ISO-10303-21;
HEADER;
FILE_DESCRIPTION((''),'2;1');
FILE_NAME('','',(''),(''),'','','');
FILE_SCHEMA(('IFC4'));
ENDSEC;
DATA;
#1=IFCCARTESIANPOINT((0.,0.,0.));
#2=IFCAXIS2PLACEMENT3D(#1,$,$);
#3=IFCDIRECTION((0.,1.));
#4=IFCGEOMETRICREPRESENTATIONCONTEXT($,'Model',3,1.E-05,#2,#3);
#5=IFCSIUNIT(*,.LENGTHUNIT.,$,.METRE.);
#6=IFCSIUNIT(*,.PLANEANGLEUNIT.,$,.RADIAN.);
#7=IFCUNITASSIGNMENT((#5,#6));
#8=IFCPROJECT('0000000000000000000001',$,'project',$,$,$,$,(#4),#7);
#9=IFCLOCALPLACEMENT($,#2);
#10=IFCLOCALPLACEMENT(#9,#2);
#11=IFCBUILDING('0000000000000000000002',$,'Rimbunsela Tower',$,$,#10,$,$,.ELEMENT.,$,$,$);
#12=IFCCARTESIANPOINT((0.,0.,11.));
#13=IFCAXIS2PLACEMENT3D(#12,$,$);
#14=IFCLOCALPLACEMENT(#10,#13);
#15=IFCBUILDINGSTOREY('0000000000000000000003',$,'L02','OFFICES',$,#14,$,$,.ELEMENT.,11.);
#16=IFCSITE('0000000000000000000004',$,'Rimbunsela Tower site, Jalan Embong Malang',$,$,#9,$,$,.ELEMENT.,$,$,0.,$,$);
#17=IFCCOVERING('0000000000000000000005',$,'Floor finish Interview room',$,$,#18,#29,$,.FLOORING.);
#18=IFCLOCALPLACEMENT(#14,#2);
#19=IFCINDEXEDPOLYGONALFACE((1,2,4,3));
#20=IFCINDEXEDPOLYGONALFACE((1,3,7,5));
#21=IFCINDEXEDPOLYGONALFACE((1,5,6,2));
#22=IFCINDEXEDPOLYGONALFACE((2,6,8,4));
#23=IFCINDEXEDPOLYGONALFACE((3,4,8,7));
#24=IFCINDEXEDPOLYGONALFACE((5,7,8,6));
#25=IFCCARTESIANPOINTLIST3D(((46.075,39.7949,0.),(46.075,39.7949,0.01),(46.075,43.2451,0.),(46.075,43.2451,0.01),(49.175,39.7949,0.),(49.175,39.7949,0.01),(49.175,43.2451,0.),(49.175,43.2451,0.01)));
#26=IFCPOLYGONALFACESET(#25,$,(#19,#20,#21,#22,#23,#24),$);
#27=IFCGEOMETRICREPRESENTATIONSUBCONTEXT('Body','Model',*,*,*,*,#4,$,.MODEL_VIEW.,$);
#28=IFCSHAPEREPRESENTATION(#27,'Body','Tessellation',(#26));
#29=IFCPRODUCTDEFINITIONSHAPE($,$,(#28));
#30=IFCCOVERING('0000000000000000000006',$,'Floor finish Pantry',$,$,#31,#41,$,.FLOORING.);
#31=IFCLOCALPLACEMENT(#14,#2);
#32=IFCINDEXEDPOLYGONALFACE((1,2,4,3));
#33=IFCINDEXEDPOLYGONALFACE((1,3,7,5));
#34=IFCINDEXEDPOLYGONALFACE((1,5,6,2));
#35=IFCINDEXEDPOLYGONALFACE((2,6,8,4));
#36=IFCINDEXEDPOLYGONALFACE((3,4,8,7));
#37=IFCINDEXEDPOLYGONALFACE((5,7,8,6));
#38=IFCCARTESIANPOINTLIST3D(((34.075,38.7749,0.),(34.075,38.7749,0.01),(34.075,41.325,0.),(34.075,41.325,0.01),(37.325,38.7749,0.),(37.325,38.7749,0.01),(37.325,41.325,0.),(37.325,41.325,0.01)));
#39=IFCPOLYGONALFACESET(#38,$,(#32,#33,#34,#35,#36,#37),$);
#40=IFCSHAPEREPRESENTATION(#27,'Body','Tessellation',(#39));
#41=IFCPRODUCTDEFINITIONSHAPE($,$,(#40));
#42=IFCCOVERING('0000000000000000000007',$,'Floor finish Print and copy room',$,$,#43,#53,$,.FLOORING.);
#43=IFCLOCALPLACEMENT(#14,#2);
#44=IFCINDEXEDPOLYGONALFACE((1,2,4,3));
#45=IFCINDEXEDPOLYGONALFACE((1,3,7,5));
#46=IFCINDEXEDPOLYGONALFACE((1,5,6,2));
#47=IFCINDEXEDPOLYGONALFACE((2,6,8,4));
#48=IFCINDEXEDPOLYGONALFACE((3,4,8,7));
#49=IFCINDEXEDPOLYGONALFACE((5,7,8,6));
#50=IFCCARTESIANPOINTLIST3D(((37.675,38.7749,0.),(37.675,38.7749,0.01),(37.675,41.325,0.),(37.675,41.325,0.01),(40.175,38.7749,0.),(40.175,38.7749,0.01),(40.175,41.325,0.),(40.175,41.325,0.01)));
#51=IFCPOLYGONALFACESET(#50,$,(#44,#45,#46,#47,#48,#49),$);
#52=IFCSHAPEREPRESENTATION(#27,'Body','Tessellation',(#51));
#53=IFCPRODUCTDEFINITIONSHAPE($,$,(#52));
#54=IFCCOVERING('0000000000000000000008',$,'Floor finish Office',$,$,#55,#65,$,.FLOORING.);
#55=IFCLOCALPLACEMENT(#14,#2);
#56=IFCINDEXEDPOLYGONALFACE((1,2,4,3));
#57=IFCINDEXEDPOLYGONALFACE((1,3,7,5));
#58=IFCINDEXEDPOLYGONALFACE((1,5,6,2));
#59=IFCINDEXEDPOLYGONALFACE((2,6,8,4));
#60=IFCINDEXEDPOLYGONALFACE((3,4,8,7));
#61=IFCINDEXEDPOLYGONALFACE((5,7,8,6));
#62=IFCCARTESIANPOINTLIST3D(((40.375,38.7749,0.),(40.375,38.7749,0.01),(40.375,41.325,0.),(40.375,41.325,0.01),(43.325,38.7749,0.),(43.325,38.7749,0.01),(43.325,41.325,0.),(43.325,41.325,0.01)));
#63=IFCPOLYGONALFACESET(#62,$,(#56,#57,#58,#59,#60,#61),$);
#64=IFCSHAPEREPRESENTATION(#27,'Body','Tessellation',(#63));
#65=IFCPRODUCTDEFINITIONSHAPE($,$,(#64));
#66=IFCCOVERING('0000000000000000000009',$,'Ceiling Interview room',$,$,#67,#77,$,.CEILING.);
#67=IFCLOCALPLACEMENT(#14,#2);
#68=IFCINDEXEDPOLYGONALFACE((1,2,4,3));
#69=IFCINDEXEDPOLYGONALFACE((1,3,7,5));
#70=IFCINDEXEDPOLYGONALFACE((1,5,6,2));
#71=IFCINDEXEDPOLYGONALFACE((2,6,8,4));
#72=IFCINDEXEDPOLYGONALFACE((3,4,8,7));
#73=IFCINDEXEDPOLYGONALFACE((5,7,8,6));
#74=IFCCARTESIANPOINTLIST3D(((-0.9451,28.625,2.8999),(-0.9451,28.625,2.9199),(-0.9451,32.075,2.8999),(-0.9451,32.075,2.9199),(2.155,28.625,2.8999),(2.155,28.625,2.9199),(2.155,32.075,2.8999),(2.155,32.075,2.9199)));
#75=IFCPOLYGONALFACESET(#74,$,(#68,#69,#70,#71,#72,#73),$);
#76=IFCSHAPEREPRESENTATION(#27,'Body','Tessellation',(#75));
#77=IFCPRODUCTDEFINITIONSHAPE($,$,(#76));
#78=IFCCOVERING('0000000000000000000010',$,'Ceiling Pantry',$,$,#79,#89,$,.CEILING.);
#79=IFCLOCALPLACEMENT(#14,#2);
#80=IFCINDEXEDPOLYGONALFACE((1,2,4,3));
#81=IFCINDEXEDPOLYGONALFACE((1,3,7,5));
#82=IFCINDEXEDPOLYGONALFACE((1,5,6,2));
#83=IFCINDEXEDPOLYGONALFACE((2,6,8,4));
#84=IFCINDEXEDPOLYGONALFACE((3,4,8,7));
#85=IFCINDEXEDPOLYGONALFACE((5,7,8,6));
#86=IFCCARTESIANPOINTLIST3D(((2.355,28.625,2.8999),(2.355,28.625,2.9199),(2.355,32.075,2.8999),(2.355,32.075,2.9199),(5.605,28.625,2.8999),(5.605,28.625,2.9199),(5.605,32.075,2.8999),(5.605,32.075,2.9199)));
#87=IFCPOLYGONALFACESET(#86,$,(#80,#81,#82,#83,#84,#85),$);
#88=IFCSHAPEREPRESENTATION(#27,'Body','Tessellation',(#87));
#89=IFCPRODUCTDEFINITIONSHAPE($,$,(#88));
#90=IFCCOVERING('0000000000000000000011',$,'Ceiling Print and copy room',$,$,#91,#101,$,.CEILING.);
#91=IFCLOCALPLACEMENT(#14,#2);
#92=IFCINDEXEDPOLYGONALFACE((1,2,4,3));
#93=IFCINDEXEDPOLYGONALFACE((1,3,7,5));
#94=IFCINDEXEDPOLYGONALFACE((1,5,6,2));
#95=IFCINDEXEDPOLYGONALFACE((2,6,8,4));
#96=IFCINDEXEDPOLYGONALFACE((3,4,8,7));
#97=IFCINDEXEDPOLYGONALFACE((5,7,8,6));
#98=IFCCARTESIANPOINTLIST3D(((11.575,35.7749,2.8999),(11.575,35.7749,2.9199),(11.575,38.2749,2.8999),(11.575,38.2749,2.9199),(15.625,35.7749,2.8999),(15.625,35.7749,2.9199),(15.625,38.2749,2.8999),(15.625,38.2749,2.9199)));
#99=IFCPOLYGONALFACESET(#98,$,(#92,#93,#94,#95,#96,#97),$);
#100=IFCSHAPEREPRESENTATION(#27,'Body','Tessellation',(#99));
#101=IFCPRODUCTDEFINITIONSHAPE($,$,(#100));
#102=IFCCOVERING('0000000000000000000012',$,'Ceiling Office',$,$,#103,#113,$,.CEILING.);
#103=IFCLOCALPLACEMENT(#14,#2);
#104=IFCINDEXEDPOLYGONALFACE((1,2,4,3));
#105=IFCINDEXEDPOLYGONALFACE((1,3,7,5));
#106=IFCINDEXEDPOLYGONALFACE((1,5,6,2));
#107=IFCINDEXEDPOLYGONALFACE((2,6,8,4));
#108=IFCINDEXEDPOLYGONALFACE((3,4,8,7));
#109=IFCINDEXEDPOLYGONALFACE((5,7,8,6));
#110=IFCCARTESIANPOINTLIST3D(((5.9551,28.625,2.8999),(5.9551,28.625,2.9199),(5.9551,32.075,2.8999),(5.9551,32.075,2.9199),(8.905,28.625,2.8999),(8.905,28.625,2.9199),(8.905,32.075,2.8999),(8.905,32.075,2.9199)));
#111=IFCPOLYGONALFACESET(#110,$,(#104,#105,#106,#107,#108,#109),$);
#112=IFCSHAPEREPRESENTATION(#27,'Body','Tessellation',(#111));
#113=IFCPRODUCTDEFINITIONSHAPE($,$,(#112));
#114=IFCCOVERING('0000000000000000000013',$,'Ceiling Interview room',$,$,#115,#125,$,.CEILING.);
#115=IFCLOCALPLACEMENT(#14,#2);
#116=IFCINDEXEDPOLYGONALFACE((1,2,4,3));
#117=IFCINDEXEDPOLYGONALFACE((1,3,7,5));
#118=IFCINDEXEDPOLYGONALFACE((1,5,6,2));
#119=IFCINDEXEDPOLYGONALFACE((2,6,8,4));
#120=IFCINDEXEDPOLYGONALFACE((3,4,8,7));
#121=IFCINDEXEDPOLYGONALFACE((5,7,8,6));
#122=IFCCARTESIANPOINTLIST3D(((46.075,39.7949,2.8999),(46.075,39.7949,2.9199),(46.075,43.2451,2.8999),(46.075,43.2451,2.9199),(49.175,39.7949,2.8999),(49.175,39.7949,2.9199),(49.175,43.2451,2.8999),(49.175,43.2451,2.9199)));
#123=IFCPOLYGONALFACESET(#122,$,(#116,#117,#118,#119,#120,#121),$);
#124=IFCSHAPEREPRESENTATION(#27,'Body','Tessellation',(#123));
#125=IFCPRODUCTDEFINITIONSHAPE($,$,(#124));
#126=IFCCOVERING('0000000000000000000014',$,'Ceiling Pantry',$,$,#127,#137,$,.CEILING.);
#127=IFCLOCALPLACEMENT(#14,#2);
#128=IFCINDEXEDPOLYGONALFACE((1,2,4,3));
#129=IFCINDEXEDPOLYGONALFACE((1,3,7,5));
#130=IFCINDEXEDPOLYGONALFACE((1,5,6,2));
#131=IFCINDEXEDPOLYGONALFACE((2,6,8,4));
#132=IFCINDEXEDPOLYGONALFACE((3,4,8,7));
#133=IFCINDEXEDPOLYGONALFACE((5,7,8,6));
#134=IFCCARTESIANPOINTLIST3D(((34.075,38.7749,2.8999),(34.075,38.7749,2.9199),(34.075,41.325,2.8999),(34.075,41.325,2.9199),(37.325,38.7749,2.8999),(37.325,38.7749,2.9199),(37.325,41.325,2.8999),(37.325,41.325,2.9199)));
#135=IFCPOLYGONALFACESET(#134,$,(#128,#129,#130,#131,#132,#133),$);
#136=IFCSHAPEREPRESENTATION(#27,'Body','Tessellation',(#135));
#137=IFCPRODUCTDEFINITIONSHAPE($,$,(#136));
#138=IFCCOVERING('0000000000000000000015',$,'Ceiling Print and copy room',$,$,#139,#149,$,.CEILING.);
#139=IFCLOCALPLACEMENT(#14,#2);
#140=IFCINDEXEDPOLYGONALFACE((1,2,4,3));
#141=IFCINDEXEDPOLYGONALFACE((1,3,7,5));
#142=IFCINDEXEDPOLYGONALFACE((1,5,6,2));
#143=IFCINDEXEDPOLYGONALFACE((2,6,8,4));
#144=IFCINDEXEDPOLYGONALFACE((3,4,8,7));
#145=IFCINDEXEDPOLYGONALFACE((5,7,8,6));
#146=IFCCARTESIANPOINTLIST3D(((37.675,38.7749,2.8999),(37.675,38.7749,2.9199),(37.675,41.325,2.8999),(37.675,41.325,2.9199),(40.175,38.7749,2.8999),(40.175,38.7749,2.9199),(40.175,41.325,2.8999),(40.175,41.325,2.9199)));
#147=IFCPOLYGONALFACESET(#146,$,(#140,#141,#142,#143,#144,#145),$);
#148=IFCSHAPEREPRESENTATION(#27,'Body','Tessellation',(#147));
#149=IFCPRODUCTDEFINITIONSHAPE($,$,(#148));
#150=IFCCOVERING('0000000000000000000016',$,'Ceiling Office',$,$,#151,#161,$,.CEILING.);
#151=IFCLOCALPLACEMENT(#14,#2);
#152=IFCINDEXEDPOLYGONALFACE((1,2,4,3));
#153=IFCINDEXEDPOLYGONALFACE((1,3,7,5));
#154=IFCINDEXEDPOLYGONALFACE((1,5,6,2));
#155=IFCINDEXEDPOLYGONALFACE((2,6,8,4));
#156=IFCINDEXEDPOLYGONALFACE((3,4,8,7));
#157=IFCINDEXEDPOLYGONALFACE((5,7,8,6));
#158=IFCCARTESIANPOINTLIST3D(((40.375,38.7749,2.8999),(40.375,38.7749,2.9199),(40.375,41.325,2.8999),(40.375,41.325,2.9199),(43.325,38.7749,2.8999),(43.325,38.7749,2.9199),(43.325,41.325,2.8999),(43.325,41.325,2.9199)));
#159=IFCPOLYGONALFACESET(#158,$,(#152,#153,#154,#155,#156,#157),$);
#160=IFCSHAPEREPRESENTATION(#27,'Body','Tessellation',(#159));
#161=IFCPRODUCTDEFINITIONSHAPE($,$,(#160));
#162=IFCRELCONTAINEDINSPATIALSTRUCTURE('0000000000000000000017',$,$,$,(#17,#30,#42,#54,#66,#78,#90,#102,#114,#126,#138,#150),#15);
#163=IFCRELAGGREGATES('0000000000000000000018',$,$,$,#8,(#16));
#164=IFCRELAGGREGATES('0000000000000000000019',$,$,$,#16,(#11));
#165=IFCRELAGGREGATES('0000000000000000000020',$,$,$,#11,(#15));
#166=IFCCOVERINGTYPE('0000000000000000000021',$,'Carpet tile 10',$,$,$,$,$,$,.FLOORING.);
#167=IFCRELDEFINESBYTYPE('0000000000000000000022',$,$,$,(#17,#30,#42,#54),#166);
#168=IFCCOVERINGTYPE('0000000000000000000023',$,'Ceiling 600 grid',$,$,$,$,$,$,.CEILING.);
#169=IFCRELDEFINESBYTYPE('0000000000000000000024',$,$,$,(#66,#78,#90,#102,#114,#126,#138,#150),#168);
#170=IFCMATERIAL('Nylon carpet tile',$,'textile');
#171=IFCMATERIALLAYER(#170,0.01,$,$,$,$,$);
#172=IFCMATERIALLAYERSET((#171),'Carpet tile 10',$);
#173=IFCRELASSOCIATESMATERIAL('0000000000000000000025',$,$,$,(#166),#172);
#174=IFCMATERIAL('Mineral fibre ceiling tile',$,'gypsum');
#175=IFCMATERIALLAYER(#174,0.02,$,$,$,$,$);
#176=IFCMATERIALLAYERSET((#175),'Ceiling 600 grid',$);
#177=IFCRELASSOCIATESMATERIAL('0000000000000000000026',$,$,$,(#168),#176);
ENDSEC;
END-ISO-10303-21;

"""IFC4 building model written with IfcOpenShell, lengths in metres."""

from ifc_helpers import new_model, si_unit, direction, frame, origin, place, context, subcontext, project, spatial, polyline, outline, extrude, material, layer, layer_set, type_object, element, save


model = new_model("IFC4")

# Units and contexts
model_context = context("Model", 3, precision=1e-05, world=origin(), true_north=direction((0.0, 1.0)))
body_context = subcontext(model_context, "Body", "Model", "MODEL_VIEW")
ifc_project = project(units=[si_unit("LENGTHUNIT", "METRE"), si_unit("PLANEANGLEUNIT", "RADIAN")], contexts=[model_context])

# Site, building, storey
site_placement = place(None, origin())
site = spatial("IfcSite", under=ifc_project, at=site_placement, Name="Rimbunsela Tower site, Jalan Embong Malang", CompositionType="ELEMENT", RefElevation=0.0)
building_placement = place(site_placement, origin())
building = spatial("IfcBuilding", under=site, at=building_placement, Name="Rimbunsela Tower", CompositionType="ELEMENT")
storey_placement = place(building_placement, frame((0.0, 0.0, 11.0)))
storey = spatial("IfcBuildingStorey", under=building, at=storey_placement, Name="L02", Description="OFFICES", CompositionType="ELEMENT", Elevation=11.0)

# Coverings
ifc_material_1 = material(Name="Nylon carpet tile", Category="textile")
ifc_layer_1 = layer(ifc_material_1, 0.01)
ifc_layer_set_1 = layer_set([ifc_layer_1], Name="Carpet tile 10")
covering_type_1 = type_object("IfcCoveringType", Name="Carpet tile 10", PredefinedType="FLOORING", material=ifc_layer_set_1)
covering_1_placement = place(storey_placement, origin())
element("IfcCovering", 1, at=covering_1_placement, inside=storey, type_object=covering_type_1, Name="Floor finish Interview room", PredefinedType="FLOORING", context=body_context, shape_type="SweptSolid", body=[
    extrude(outline(polyline([(49.175, 39.7949), (49.175, 43.2451), (46.075, 43.2451), (46.075, 39.7949), (49.175, 39.7949)])), origin(), (0.0, 0.0, 1.0), 0.01),
])
covering_2_placement = place(storey_placement, origin())
element("IfcCovering", 2, at=covering_2_placement, inside=storey, type_object=covering_type_1, Name="Floor finish Pantry", PredefinedType="FLOORING", context=body_context, shape_type="SweptSolid", body=[
    extrude(outline(polyline([(37.325, 38.7749), (37.325, 41.325), (34.075, 41.325), (34.075, 38.7749), (37.325, 38.7749)])), origin(), (0.0, 0.0, 1.0), 0.01),
])
covering_3_placement = place(storey_placement, origin())
element("IfcCovering", 3, at=covering_3_placement, inside=storey, type_object=covering_type_1, Name="Floor finish Print and copy room", PredefinedType="FLOORING", context=body_context, shape_type="SweptSolid", body=[
    extrude(outline(polyline([(40.175, 38.7749), (40.175, 41.325), (37.675, 41.325), (37.675, 38.7749), (40.175, 38.7749)])), origin(), (0.0, 0.0, 1.0), 0.01),
])
covering_4_placement = place(storey_placement, origin())
element("IfcCovering", 4, at=covering_4_placement, inside=storey, type_object=covering_type_1, Name="Floor finish Office", PredefinedType="FLOORING", context=body_context, shape_type="SweptSolid", body=[
    extrude(outline(polyline([(43.325, 38.7749), (43.325, 41.325), (40.375, 41.325), (40.375, 38.7749), (43.325, 38.7749)])), origin(), (0.0, 0.0, 1.0), 0.01),
])
ifc_material_2 = material(Name="Mineral fibre ceiling tile", Category="gypsum")
ifc_layer_2 = layer(ifc_material_2, 0.02)
ifc_layer_set_2 = layer_set([ifc_layer_2], Name="Ceiling 600 grid")
covering_type_2 = type_object("IfcCoveringType", Name="Ceiling 600 grid", PredefinedType="CEILING", material=ifc_layer_set_2)
covering_5_placement = place(storey_placement, frame((0.0, 0.0, 2.8999)))
element("IfcCovering", 5, at=covering_5_placement, inside=storey, type_object=covering_type_2, Name="Ceiling Interview room", PredefinedType="CEILING", context=body_context, shape_type="SweptSolid", body=[
    extrude(outline(polyline([(2.155, 28.625), (2.155, 32.075), (-0.9451, 32.075), (-0.9451, 28.625), (2.155, 28.625)])), origin(), (0.0, 0.0, 1.0), 0.02),
])
covering_6_placement = place(storey_placement, frame((0.0, 0.0, 2.8999)))
element("IfcCovering", 6, at=covering_6_placement, inside=storey, type_object=covering_type_2, Name="Ceiling Pantry", PredefinedType="CEILING", context=body_context, shape_type="SweptSolid", body=[
    extrude(outline(polyline([(5.605, 28.625), (5.605, 32.075), (2.355, 32.075), (2.355, 28.625), (5.605, 28.625)])), origin(), (0.0, 0.0, 1.0), 0.02),
])
covering_7_placement = place(storey_placement, frame((0.0, 0.0, 2.8999)))
element("IfcCovering", 7, at=covering_7_placement, inside=storey, type_object=covering_type_2, Name="Ceiling Print and copy room", PredefinedType="CEILING", context=body_context, shape_type="SweptSolid", body=[
    extrude(outline(polyline([(15.625, 35.7749), (15.625, 38.2749), (11.575, 38.2749), (11.575, 35.7749), (15.625, 35.7749)])), origin(), (0.0, 0.0, 1.0), 0.02),
])
covering_8_placement = place(storey_placement, frame((0.0, 0.0, 2.8999)))
element("IfcCovering", 8, at=covering_8_placement, inside=storey, type_object=covering_type_2, Name="Ceiling Office", PredefinedType="CEILING", context=body_context, shape_type="SweptSolid", body=[
    extrude(outline(polyline([(8.905, 28.625), (8.905, 32.075), (5.9551, 32.075), (5.9551, 28.625), (8.905, 28.625)])), origin(), (0.0, 0.0, 1.0), 0.02),
])
covering_9_placement = place(storey_placement, frame((0.0, 0.0, 2.8999)))
element("IfcCovering", 9, at=covering_9_placement, inside=storey, type_object=covering_type_2, Name="Ceiling Interview room", PredefinedType="CEILING", context=body_context, shape_type="SweptSolid", body=[
    extrude(outline(polyline([(49.175, 39.7949), (49.175, 43.2451), (46.075, 43.2451), (46.075, 39.7949), (49.175, 39.7949)])), origin(), (0.0, 0.0, 1.0), 0.02),
])
covering_10_placement = place(storey_placement, frame((0.0, 0.0, 2.8999)))
element("IfcCovering", 10, at=covering_10_placement, inside=storey, type_object=covering_type_2, Name="Ceiling Pantry", PredefinedType="CEILING", context=body_context, shape_type="SweptSolid", body=[
    extrude(outline(polyline([(37.325, 38.7749), (37.325, 41.325), (34.075, 41.325), (34.075, 38.7749), (37.325, 38.7749)])), origin(), (0.0, 0.0, 1.0), 0.02),
])
covering_11_placement = place(storey_placement, frame((0.0, 0.0, 2.8999)))
element("IfcCovering", 11, at=covering_11_placement, inside=storey, type_object=covering_type_2, Name="Ceiling Print and copy room", PredefinedType="CEILING", context=body_context, shape_type="SweptSolid", body=[
    extrude(outline(polyline([(40.175, 38.7749), (40.175, 41.325), (37.675, 41.325), (37.675, 38.7749), (40.175, 38.7749)])), origin(), (0.0, 0.0, 1.0), 0.02),
])
covering_12_placement = place(storey_placement, frame((0.0, 0.0, 2.8999)))
element("IfcCovering", 12, at=covering_12_placement, inside=storey, type_object=covering_type_2, Name="Ceiling Office", PredefinedType="CEILING", context=body_context, shape_type="SweptSolid", body=[
    extrude(outline(polyline([(43.325, 38.7749), (43.325, 41.325), (40.375, 41.325), (40.375, 38.7749), (43.325, 38.7749)])), origin(), (0.0, 0.0, 1.0), 0.02),
])

save(model, "model.ifc")
